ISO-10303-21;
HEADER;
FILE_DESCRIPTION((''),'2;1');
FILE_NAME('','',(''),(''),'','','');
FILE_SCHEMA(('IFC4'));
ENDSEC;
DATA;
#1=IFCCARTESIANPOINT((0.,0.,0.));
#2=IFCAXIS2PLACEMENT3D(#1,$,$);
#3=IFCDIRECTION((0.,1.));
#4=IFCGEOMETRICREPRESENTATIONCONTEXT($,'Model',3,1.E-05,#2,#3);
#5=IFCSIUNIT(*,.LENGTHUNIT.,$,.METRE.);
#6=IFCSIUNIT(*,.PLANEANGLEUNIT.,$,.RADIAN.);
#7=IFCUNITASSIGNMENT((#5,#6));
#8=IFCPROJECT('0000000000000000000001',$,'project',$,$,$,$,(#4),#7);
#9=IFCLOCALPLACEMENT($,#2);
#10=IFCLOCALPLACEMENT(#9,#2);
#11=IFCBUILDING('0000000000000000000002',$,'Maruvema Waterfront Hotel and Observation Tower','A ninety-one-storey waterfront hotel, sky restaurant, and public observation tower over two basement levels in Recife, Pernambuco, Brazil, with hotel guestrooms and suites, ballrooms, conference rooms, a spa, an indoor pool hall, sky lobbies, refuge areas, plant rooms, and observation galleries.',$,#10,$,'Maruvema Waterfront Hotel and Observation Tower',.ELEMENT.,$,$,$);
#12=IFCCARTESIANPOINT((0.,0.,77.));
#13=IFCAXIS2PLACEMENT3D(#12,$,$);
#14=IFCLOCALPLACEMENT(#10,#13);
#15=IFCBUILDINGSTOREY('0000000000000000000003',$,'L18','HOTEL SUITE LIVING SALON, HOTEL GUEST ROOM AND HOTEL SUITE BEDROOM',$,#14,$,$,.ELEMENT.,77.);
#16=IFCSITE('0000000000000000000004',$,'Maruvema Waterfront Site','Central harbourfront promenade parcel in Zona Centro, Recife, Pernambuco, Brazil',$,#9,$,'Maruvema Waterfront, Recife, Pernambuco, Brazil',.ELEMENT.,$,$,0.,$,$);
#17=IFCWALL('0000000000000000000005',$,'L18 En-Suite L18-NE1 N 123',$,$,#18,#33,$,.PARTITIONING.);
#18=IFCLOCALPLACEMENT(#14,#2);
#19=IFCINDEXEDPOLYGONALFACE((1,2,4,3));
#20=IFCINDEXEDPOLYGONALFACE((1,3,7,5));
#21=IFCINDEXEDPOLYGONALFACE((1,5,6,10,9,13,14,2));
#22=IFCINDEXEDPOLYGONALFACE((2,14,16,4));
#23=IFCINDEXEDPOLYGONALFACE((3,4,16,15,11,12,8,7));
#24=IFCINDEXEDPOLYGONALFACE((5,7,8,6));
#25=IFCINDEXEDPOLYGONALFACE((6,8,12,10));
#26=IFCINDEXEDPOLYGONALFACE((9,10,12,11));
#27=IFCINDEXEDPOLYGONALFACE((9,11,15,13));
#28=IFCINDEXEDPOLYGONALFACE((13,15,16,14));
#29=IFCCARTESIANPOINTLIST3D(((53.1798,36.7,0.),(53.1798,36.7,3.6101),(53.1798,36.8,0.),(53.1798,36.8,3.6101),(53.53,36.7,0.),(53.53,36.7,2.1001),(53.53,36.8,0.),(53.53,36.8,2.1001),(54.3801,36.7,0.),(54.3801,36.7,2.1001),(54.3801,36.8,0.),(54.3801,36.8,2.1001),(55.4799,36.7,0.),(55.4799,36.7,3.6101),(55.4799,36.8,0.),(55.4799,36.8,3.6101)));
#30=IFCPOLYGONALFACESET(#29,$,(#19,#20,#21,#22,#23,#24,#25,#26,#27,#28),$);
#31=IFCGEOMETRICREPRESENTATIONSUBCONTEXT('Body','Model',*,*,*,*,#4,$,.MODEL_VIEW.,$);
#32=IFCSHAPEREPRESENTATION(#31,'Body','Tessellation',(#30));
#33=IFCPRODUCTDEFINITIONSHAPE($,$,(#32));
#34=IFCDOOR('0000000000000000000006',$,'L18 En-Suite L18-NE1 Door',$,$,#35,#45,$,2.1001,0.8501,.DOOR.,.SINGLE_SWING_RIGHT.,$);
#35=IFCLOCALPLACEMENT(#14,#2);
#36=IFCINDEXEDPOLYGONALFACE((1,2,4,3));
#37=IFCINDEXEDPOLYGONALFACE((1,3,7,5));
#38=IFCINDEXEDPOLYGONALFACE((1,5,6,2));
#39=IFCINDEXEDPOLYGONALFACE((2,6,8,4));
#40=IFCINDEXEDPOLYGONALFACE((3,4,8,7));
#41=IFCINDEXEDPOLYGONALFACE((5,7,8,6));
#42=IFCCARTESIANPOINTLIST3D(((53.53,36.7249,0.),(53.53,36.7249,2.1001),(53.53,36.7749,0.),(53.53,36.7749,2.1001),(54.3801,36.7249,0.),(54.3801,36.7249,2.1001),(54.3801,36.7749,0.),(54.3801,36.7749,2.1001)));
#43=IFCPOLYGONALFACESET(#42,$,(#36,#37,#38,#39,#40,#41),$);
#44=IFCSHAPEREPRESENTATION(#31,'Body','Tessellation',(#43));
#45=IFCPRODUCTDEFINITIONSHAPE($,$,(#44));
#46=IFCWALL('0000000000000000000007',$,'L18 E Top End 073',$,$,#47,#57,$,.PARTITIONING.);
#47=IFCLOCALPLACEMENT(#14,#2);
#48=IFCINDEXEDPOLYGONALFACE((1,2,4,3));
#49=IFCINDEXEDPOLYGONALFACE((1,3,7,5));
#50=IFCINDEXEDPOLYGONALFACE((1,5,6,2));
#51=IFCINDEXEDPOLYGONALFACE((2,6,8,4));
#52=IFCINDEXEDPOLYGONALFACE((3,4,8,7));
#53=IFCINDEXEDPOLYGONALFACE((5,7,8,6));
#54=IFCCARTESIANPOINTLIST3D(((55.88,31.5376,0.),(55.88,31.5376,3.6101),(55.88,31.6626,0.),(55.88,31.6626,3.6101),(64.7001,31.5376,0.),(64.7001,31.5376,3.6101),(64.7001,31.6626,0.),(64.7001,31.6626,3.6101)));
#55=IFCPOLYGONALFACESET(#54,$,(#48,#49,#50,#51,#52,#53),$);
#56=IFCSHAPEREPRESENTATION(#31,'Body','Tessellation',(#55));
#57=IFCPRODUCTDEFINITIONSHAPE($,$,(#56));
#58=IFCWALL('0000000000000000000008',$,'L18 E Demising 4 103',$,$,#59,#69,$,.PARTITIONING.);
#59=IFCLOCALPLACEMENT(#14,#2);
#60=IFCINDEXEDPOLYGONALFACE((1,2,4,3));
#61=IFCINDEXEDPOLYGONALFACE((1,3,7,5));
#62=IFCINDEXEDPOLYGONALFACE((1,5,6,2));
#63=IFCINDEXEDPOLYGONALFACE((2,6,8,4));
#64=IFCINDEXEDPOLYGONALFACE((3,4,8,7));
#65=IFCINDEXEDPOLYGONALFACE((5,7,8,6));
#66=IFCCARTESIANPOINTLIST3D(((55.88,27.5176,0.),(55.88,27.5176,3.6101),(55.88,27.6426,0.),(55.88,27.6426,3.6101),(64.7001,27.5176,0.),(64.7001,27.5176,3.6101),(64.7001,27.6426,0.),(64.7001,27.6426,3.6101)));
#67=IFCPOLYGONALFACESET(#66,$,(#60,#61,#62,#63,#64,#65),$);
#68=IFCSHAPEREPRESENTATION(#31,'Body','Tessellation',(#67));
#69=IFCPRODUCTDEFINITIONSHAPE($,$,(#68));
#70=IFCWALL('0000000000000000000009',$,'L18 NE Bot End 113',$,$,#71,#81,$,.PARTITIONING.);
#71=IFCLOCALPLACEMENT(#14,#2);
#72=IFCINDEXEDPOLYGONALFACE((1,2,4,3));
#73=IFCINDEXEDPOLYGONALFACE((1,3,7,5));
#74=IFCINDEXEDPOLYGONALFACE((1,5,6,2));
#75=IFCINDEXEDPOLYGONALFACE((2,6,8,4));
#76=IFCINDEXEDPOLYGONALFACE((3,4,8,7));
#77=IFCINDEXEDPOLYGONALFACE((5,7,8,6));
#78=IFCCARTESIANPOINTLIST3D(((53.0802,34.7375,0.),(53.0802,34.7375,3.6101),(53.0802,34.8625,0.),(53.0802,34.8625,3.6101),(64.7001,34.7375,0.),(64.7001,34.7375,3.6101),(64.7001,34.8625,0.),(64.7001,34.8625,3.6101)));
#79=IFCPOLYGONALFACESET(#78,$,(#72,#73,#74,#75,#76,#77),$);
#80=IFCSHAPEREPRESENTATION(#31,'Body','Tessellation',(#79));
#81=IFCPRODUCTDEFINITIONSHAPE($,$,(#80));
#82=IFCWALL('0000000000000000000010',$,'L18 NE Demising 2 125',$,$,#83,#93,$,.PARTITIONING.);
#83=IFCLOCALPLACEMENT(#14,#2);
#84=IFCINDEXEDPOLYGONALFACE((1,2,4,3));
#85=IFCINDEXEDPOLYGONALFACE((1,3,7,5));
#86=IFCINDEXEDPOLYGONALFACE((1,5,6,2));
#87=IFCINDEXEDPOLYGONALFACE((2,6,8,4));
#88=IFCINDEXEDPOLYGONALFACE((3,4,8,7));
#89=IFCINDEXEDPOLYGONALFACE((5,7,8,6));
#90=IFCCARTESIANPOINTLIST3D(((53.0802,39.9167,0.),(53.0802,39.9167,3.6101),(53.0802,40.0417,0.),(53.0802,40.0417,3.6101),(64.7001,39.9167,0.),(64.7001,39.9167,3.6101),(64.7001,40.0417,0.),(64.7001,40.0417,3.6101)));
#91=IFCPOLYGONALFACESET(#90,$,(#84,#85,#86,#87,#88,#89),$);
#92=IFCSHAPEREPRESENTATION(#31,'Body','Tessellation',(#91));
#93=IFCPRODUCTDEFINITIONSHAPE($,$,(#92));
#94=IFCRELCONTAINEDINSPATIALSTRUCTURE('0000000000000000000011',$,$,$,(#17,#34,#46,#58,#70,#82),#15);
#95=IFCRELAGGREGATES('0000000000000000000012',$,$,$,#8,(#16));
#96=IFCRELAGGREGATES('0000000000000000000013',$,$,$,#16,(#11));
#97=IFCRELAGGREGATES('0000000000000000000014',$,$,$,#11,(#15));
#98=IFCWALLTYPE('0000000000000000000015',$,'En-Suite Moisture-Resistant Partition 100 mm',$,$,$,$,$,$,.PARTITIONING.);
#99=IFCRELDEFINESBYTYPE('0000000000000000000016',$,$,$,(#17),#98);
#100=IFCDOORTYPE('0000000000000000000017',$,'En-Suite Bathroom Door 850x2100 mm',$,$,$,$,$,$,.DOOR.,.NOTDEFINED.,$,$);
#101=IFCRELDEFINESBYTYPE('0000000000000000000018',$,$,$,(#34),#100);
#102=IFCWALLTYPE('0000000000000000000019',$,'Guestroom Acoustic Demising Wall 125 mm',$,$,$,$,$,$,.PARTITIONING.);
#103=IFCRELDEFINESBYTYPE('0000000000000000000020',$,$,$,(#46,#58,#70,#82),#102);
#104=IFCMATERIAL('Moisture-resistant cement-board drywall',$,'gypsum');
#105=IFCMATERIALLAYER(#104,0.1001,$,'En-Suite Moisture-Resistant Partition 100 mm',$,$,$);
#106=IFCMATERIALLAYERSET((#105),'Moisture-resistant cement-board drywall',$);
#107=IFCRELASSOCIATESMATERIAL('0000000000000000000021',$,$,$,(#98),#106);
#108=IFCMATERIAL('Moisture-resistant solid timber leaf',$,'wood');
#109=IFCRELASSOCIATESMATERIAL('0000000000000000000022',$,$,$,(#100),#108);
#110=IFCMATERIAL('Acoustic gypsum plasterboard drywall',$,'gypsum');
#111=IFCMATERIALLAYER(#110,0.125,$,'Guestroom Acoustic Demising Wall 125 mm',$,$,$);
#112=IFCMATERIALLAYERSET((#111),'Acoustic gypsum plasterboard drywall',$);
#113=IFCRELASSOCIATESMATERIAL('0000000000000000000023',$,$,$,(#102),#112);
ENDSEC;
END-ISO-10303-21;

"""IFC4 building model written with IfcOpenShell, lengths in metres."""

from ifc_helpers import new_model, si_unit, direction, frame, frame_2d, origin, place, context, subcontext, project, spatial, rectangle, extrude, material, layer, layer_set, type_object, element, fill, save


model = new_model("IFC4")

# Units and contexts
model_context = context("Model", 3, precision=1e-05, world=origin(), true_north=direction((0.0, 1.0)))
body_context = subcontext(model_context, "Body", "Model", "MODEL_VIEW")
ifc_project = project(units=[si_unit("LENGTHUNIT", "METRE"), si_unit("PLANEANGLEUNIT", "RADIAN")], contexts=[model_context])

# Site, building, storey
site_placement = place(None, origin())
site = spatial("IfcSite", under=ifc_project, at=site_placement, Name="Maruvema Waterfront Site", Description="Central harbourfront promenade parcel in Zona Centro, Recife, Pernambuco, Brazil", LongName="Maruvema Waterfront, Recife, Pernambuco, Brazil", CompositionType="ELEMENT", RefElevation=0.0)
building_placement = place(site_placement, origin())
building = spatial("IfcBuilding", under=site, at=building_placement, Name="Maruvema Waterfront Hotel and Observation Tower", Description="A ninety-one-storey waterfront hotel, sky restaurant, and public observation tower over two basement levels in Recife, Pernambuco, Brazil, with hotel guestrooms and suites, ballrooms, conference rooms, a spa, an indoor pool hall, sky lobbies, refuge areas, plant rooms, and observation galleries.", LongName="Maruvema Waterfront Hotel and Observation Tower", CompositionType="ELEMENT")
storey_placement = place(building_placement, frame((0.0, 0.0, 77.0)))
storey = spatial("IfcBuildingStorey", under=building, at=storey_placement, Name="L18", Description="HOTEL SUITE LIVING SALON, HOTEL GUEST ROOM AND HOTEL SUITE BEDROOM", CompositionType="ELEMENT", Elevation=77.0)

# Shared definitions
ifc_material_1 = material(Name="Moisture-resistant cement-board drywall", Category="gypsum")
ifc_layer_1 = layer(ifc_material_1, 0.1001, Name="En-Suite Moisture-Resistant Partition 100 mm")
ifc_layer_set_1 = layer_set([ifc_layer_1], Name="Moisture-resistant cement-board drywall")
wall_type_1 = type_object("IfcWallType", Name="En-Suite Moisture-Resistant Partition 100 mm", PredefinedType="PARTITIONING", material=ifc_layer_set_1)

# Shared definitions
ifc_material_2 = material(Name="Moisture-resistant solid timber leaf", Category="wood")
door_type_1 = type_object("IfcDoorType", Name="En-Suite Bathroom Door 850x2100 mm", OperationType="NOTDEFINED", PredefinedType="DOOR", material=ifc_material_2)

# Wall, opening, door
wall_1_placement = place(storey_placement, frame((53.1799, 36.75, 0.0), z_axis=(0.0, 0.0, 1.0), x_axis=(1.0, 0.0, 0.0)))
wall_1 = element("IfcWall", 1, at=wall_1_placement, inside=storey, type_object=wall_type_1, Name="L18 En-Suite L18-NE1 N 123", PredefinedType="PARTITIONING", context=body_context, shape_type="SweptSolid", body=[
    extrude(rectangle(XDim=2.3, YDim=0.1001, at=frame_2d((1.1499, 0.0))), origin(), (0.0, 0.0, 1.0), 3.6101),
])
opening_1_placement = place(wall_1_placement, frame((0.3501, 0.0, 0.0)))
opening_1 = element("IfcOpeningElement", 2, at=opening_1_placement, cuts=wall_1, PredefinedType="OPENING", context=body_context, shape_type="SweptSolid", body=[
    extrude(rectangle(XDim=0.8501, YDim=2.1001, at=frame_2d((0.425, 1.05))), frame((0.0, 0.0601, 0.0), z_axis=(0.0, -1.0, 0.0), x_axis=(1.0, 0.0, 0.0)), (0.0, 0.0, 1.0), 0.1201),
])
door_1_placement = place(opening_1_placement, origin())
door_1 = element("IfcDoor", 3, at=door_1_placement, inside=storey, type_object=door_type_1, Name="L18 En-Suite L18-NE1 Door", OperationType="SINGLE_SWING_RIGHT", OverallHeight=2.1001, OverallWidth=0.8501, PredefinedType="DOOR", context=body_context, shape_type="SweptSolid", body=[
    extrude(rectangle(XDim=0.8501, YDim=2.1001, at=frame_2d((0.425, 1.05))), frame((0.0, 0.0249, 0.0), z_axis=(0.0, -1.0, 0.0), x_axis=(1.0, 0.0, 0.0)), (0.0, 0.0, 1.0), 0.05),
])
fill(opening_1, door_1)

# Walls
ifc_material_3 = material(Name="Acoustic gypsum plasterboard drywall", Category="gypsum")
ifc_layer_2 = layer(ifc_material_3, 0.125, Name="Guestroom Acoustic Demising Wall 125 mm")
ifc_layer_set_2 = layer_set([ifc_layer_2], Name="Acoustic gypsum plasterboard drywall")
wall_type_2 = type_object("IfcWallType", Name="Guestroom Acoustic Demising Wall 125 mm", PredefinedType="PARTITIONING", material=ifc_layer_set_2)
for number, where, z_axis, x_axis, name in (
    (4, (55.8799, 31.6001, 0.0), (0.0, 0.0, 1.0), (1.0, 0.0, 0.0), "L18 E Top End 073"),
    (5, (55.8799, 27.5801, 0.0), (0.0, 0.0, 1.0), (1.0, 0.0, 0.0), "L18 E Demising 4 103"),
):
    element("IfcWall", number, at=place(storey_placement, frame(where, z_axis=z_axis, x_axis=x_axis)), inside=storey, type_object=wall_type_2, Name=name, PredefinedType="PARTITIONING", context=body_context, shape_type="SweptSolid", body=[
        extrude(rectangle(XDim=8.8201, YDim=0.125, at=frame_2d((4.4102, 0.0))), origin(), (0.0, 0.0, 1.0), 3.6101),
    ])
for number, where, z_axis, x_axis, name in (
    (6, (53.0801, 34.8, 0.0), (0.0, 0.0, 1.0), (1.0, 0.0, 0.0), "L18 NE Bot End 113"),
    (7, (53.0801, 39.9792, 0.0), (0.0, 0.0, 1.0), (1.0, 0.0, 0.0), "L18 NE Demising 2 125"),
):
    element("IfcWall", number, at=place(storey_placement, frame(where, z_axis=z_axis, x_axis=x_axis)), inside=storey, type_object=wall_type_2, Name=name, PredefinedType="PARTITIONING", context=body_context, shape_type="SweptSolid", body=[
        extrude(rectangle(XDim=11.6199, YDim=0.125, at=frame_2d((5.8101, 0.0))), origin(), (0.0, 0.0, 1.0), 3.6101),
    ])

save(model, "model.ifc")
